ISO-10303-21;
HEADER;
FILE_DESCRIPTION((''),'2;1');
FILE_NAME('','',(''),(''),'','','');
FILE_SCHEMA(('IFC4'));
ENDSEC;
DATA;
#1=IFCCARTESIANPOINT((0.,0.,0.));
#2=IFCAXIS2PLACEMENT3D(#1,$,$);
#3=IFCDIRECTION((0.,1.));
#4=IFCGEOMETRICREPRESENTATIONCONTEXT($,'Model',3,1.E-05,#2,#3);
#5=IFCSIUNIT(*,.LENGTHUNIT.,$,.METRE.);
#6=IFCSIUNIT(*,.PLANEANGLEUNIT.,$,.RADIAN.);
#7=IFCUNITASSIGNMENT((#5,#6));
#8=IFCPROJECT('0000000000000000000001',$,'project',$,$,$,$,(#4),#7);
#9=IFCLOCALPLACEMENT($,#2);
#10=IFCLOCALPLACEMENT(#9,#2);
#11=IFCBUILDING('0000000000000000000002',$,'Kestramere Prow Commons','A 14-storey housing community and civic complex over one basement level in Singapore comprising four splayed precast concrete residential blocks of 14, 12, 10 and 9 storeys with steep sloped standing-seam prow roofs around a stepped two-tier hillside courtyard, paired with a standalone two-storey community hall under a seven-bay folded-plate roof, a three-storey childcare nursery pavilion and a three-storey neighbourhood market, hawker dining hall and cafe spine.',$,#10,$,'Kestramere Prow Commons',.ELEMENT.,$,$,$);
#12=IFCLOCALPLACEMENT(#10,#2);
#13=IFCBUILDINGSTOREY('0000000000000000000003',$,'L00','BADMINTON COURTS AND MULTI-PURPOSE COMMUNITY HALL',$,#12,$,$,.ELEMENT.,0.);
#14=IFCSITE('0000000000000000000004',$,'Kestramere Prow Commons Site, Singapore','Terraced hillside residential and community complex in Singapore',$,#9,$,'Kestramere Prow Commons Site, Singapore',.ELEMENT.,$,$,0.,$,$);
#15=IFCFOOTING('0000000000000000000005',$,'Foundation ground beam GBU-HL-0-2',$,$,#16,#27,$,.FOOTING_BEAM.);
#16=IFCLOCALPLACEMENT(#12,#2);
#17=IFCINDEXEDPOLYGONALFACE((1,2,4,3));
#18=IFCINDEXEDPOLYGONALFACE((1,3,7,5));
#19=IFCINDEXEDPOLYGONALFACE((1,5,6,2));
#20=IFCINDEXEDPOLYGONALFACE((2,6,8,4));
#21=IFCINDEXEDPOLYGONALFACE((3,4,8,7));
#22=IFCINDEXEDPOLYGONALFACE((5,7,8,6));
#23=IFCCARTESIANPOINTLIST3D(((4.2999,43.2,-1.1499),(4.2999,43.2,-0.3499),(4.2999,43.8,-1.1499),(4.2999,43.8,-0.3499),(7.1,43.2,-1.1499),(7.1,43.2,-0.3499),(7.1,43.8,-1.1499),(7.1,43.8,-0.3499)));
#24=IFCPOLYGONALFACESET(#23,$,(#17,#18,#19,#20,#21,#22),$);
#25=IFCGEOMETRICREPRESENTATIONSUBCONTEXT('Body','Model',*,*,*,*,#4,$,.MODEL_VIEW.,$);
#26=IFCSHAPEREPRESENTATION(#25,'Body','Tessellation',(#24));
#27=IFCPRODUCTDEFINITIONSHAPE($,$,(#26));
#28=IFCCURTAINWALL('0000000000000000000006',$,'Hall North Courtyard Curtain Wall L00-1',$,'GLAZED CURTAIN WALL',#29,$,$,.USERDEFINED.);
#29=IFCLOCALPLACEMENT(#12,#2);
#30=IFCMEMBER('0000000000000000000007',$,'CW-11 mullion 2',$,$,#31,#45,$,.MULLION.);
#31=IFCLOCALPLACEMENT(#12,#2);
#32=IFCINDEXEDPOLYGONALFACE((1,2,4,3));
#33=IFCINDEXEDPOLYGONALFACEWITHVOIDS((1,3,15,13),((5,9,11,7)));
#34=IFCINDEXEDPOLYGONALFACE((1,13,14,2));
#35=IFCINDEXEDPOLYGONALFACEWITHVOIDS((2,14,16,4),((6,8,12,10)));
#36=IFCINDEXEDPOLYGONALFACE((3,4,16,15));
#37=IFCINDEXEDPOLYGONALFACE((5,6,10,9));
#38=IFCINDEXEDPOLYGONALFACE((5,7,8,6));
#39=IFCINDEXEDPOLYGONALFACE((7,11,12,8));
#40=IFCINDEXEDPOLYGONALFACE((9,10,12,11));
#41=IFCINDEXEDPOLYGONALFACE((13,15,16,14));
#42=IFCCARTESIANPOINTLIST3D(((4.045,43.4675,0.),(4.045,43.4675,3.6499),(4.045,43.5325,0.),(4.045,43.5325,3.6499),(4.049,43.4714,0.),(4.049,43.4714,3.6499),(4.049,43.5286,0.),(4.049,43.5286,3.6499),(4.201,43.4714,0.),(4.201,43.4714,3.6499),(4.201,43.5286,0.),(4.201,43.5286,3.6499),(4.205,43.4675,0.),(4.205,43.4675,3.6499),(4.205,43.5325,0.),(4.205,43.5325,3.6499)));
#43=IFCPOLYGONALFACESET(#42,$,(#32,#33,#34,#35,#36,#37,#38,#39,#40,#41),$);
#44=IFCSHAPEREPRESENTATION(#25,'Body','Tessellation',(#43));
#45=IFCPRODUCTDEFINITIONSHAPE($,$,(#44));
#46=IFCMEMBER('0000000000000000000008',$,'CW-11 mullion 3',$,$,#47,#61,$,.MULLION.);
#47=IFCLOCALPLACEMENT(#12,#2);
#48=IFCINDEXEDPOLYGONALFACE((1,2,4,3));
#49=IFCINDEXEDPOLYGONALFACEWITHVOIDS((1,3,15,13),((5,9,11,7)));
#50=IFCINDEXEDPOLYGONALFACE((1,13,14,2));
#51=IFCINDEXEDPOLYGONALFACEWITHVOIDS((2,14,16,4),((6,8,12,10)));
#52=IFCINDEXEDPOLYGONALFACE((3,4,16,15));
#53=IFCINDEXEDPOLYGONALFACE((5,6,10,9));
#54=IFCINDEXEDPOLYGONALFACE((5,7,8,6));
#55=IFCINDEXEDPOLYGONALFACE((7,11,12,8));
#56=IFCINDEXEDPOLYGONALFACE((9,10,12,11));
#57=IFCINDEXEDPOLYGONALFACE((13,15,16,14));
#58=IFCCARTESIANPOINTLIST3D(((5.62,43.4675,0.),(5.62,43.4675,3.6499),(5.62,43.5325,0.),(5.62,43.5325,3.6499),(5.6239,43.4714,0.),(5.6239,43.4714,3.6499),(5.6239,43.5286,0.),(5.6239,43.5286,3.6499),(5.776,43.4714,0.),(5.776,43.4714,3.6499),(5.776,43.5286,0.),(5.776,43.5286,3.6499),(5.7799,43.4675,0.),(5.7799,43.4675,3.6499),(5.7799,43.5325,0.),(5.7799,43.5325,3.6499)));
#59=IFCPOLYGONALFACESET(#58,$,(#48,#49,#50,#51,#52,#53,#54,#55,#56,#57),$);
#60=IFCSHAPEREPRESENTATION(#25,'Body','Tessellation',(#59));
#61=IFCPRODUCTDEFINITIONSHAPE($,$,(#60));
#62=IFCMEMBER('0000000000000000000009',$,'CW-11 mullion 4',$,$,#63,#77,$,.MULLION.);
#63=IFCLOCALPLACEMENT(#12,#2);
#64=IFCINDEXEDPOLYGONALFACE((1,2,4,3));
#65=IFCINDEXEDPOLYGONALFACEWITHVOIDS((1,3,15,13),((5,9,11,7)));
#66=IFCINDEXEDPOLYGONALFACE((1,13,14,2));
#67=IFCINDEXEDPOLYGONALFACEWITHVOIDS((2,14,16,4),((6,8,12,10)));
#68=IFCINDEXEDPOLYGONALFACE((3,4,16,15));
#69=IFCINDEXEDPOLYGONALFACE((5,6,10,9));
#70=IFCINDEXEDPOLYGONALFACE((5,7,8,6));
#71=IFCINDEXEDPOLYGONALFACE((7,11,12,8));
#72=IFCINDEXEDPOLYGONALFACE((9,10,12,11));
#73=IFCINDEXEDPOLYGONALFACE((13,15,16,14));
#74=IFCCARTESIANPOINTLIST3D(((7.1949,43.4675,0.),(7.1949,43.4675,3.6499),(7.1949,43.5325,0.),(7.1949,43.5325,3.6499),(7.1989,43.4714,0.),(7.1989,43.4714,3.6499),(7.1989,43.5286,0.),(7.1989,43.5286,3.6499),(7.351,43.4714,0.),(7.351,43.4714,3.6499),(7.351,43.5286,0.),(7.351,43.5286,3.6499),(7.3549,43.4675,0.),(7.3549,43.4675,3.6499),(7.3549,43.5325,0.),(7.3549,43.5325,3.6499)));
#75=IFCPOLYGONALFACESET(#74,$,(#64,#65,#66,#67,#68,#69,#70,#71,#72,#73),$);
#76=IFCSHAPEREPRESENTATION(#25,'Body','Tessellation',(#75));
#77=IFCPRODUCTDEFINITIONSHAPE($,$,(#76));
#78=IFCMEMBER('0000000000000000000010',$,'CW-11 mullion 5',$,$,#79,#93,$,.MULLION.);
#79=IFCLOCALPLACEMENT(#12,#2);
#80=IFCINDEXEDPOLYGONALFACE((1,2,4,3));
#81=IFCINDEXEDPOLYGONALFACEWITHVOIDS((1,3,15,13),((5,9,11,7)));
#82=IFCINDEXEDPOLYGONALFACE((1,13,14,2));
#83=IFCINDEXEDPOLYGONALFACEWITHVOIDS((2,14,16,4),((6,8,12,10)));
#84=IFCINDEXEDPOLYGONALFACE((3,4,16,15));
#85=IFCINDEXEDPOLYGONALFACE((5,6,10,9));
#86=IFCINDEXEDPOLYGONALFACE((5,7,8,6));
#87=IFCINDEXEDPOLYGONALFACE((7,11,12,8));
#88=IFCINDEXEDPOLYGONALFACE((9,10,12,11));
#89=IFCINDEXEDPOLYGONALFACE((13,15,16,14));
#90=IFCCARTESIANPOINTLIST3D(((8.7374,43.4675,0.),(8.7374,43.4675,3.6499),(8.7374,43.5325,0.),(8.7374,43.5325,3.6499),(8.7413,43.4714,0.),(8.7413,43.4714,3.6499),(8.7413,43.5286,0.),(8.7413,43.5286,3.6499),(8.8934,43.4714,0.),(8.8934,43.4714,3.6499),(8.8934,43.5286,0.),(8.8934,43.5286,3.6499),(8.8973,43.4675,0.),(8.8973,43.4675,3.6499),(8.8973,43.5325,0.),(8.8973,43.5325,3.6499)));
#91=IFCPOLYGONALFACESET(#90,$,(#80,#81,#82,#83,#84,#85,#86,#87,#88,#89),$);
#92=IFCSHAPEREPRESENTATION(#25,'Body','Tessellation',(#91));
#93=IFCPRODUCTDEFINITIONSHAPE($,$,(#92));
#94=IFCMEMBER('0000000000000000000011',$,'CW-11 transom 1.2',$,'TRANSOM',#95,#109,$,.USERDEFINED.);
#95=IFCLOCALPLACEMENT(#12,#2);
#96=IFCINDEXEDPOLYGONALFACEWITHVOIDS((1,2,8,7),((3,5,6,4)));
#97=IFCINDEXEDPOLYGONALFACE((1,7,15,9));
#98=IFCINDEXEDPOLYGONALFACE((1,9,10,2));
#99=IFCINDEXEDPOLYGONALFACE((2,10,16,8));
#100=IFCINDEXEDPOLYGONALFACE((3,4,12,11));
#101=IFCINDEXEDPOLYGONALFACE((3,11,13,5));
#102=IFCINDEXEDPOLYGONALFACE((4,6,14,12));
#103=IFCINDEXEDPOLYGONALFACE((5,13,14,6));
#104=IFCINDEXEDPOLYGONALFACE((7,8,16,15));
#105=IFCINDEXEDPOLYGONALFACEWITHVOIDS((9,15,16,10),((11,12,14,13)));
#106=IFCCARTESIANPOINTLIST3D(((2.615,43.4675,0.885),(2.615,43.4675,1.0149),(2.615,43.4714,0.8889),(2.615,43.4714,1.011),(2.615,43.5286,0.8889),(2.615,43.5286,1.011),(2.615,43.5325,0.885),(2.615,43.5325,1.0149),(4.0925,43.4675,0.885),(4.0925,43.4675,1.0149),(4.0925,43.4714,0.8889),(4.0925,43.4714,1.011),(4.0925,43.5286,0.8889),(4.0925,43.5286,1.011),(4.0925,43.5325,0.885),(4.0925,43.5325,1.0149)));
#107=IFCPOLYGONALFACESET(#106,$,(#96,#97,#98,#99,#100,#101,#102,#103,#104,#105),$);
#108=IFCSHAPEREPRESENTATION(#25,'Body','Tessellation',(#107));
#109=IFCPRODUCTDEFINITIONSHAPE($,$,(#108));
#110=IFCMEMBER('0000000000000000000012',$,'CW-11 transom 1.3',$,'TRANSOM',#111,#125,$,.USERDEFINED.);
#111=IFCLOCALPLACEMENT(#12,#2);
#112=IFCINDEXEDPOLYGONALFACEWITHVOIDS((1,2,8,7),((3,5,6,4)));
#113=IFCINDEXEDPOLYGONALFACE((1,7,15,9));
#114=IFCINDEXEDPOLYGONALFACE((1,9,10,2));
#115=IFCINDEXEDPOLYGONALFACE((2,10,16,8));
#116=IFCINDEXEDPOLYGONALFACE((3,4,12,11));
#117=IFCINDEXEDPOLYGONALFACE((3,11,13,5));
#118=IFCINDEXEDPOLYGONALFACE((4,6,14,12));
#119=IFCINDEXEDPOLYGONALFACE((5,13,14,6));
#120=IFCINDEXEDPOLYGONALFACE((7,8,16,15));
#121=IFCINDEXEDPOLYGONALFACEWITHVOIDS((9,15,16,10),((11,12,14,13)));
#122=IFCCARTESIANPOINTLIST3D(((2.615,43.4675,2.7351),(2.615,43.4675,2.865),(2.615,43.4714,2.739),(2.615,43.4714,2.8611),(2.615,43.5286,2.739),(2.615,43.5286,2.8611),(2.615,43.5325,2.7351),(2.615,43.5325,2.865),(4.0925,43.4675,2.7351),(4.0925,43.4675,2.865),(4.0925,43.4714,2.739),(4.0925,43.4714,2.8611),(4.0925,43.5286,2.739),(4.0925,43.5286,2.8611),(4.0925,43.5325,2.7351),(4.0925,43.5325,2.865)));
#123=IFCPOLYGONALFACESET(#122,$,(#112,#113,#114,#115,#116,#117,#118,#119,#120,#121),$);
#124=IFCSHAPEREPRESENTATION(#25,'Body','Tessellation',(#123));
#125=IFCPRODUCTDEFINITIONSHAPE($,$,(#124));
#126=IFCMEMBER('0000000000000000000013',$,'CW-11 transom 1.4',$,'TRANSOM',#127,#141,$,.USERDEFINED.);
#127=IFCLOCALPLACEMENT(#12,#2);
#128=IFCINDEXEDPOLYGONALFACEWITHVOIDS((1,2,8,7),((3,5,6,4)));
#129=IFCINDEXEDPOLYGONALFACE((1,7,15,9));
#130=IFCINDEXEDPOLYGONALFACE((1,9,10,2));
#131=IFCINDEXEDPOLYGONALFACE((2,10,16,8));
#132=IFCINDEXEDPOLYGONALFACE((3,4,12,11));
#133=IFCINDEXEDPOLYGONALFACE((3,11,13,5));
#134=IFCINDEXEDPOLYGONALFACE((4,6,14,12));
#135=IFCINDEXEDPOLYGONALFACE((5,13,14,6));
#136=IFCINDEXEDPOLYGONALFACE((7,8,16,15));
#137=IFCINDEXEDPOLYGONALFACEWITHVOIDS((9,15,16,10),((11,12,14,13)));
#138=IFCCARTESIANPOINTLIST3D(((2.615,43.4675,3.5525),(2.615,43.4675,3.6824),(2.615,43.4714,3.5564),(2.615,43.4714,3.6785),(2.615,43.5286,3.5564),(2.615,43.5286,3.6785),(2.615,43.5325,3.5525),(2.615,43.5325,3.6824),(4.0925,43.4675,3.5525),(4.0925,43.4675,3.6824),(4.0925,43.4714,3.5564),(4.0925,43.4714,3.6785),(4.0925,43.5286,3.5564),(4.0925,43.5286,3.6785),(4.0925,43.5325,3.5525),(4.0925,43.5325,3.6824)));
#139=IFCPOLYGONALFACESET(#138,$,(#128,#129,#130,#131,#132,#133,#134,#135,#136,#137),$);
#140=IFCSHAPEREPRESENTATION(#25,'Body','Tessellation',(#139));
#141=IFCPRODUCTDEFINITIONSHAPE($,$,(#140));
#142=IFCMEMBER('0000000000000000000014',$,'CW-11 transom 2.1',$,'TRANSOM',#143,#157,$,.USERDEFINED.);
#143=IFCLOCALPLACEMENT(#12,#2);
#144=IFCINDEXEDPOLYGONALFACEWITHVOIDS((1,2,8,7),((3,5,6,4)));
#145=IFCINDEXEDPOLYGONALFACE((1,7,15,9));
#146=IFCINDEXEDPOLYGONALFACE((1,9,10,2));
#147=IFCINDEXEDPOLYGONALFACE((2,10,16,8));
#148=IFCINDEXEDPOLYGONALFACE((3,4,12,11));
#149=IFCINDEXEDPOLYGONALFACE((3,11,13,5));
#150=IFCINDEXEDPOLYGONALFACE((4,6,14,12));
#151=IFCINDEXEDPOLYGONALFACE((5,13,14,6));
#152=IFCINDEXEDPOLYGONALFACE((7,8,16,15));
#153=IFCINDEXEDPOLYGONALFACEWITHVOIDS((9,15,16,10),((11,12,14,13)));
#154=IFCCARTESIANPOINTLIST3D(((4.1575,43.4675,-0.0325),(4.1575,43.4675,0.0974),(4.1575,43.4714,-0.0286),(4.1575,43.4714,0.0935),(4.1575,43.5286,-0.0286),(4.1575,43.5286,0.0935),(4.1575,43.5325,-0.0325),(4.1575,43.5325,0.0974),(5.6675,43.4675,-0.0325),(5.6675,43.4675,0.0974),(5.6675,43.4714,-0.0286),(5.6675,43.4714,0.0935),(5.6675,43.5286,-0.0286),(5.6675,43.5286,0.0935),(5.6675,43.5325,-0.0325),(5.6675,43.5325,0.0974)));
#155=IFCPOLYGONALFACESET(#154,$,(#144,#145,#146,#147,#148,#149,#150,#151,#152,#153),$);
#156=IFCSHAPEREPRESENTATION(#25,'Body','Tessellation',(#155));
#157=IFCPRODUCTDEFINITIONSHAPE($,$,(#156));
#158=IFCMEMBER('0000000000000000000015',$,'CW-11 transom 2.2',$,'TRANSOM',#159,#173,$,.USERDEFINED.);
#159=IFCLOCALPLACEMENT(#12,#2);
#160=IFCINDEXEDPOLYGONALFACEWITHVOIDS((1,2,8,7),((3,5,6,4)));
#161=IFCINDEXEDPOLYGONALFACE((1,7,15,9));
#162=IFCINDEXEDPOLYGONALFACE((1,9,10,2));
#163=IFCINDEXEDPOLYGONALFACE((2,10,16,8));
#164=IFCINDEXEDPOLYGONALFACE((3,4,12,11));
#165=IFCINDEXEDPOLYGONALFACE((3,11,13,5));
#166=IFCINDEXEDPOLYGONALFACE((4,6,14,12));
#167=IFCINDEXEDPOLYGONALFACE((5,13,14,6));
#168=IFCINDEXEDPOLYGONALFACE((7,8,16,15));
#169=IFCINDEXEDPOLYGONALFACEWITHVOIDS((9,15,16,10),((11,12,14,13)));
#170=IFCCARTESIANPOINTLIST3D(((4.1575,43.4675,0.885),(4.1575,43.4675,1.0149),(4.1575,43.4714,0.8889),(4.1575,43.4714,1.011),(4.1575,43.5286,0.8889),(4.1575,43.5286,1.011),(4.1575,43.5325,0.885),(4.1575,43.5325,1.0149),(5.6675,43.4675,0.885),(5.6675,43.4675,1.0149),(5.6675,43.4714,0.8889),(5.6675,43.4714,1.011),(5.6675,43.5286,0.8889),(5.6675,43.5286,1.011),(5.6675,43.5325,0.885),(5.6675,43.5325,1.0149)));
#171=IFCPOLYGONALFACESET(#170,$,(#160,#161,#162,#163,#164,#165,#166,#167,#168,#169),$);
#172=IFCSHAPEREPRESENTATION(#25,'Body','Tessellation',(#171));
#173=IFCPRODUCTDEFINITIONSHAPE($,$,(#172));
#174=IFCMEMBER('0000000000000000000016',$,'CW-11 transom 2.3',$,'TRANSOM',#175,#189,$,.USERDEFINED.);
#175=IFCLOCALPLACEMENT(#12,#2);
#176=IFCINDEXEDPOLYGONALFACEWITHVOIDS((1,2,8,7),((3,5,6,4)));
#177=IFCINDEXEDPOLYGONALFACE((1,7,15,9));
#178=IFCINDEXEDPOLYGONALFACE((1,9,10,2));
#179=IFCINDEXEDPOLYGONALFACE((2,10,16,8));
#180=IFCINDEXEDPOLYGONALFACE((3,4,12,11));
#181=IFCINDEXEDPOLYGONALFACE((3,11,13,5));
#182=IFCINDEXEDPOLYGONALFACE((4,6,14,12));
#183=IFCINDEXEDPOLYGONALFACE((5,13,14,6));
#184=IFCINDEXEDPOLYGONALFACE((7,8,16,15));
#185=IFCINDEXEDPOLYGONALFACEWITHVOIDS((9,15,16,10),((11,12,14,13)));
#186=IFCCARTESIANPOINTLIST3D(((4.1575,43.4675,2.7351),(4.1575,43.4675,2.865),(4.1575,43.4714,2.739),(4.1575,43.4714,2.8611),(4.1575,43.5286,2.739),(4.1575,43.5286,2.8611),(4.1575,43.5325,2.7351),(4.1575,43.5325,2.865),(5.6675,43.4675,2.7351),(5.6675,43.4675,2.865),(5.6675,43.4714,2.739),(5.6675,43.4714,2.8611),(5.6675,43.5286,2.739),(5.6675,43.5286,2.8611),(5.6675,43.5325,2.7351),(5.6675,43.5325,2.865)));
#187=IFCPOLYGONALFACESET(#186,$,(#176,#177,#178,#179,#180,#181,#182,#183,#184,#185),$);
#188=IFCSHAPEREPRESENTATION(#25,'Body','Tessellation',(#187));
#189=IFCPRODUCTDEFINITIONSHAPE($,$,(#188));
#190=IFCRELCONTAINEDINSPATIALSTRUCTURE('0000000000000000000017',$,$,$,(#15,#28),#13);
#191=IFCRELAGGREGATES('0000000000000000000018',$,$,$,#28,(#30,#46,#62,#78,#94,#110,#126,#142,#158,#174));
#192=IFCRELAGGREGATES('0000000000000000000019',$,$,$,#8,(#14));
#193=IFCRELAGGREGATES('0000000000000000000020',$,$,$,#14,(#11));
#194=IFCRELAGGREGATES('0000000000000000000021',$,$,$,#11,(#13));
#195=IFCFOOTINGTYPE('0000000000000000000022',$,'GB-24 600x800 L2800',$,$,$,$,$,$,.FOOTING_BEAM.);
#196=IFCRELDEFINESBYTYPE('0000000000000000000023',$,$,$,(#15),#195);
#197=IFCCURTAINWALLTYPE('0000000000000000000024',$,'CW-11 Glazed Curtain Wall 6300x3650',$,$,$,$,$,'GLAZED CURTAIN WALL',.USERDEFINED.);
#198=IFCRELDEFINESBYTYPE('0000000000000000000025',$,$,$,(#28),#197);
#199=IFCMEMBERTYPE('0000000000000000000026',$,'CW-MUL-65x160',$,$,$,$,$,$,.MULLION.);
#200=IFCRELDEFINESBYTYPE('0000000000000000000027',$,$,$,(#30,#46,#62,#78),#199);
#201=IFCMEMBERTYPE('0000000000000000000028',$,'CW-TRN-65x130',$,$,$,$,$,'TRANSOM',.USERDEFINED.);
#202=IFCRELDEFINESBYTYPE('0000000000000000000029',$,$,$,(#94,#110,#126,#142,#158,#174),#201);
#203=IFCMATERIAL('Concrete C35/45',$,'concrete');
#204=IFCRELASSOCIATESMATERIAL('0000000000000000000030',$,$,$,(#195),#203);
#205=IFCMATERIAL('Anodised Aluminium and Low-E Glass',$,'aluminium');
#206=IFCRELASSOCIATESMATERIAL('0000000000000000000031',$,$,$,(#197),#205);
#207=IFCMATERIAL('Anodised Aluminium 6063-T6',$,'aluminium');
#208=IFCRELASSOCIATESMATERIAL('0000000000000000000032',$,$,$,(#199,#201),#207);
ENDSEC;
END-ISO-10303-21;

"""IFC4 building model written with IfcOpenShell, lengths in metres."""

from ifc_helpers import new_model, si_unit, direction, frame, origin, origin_2d, place, context, subcontext, project, spatial, rectangle, hollow_rectangle, extrude, material, material_profile, profile_set, type_object, element, aggregate, save


model = new_model("IFC4")

# Units and contexts
model_context = context("Model", 3, precision=1e-05, world=origin(), true_north=direction((0.0, 1.0)))
body_context = subcontext(model_context, "Body", "Model", "MODEL_VIEW")
ifc_project = project(units=[si_unit("LENGTHUNIT", "METRE"), si_unit("PLANEANGLEUNIT", "RADIAN")], contexts=[model_context])

# Site, building, storey
site_placement = place(None, origin())
site = spatial("IfcSite", under=ifc_project, at=site_placement, Name="Kestramere Prow Commons Site, Singapore", Description="Terraced hillside residential and community complex in Singapore", LongName="Kestramere Prow Commons Site, Singapore", CompositionType="ELEMENT", RefElevation=0.0)
building_placement = place(site_placement, origin())
building = spatial("IfcBuilding", under=site, at=building_placement, Name="Kestramere Prow Commons", Description="A 14-storey housing community and civic complex over one basement level in Singapore comprising four splayed precast concrete residential blocks of 14, 12, 10 and 9 storeys with steep sloped standing-seam prow roofs around a stepped two-tier hillside courtyard, paired with a standalone two-storey community hall under a seven-bay folded-plate roof, a three-storey childcare nursery pavilion and a three-storey neighbourhood market, hawker dining hall and cafe spine.", LongName="Kestramere Prow Commons", CompositionType="ELEMENT")
storey_placement = place(building_placement, origin())
storey = spatial("IfcBuildingStorey", under=building, at=storey_placement, Name="L00", Description="BADMINTON COURTS AND MULTI-PURPOSE COMMUNITY HALL", CompositionType="ELEMENT", Elevation=0.0)

# Footing
ifc_material_1 = material(Name="Concrete C35/45", Category="concrete")
footing_type = type_object("IfcFootingType", Name="GB-24 600x800 L2800", PredefinedType="FOOTING_BEAM", material=ifc_material_1)
footing_placement = place(storey_placement, frame((5.7, 43.5, -1.1499), z_axis=(0.0, 0.0, 1.0), x_axis=(1.0, 0.0, 0.0)))
element("IfcFooting", 1, at=footing_placement, inside=storey, type_object=footing_type, Name="Foundation ground beam GBU-HL-0-2", PredefinedType="FOOTING_BEAM", context=body_context, shape_type="SweptSolid", body=[
    extrude(rectangle(XDim=2.8, YDim=0.6001, at=origin_2d()), origin(), (0.0, 0.0, 1.0), 0.8),
])

# Curtain wall, members
ifc_material_2 = material(Name="Anodised Aluminium and Low-E Glass", Category="aluminium")
curtain_wall_type = type_object("IfcCurtainWallType", Name="CW-11 Glazed Curtain Wall 6300x3650", ElementType="GLAZED CURTAIN WALL", PredefinedType="USERDEFINED", material=ifc_material_2)
curtain_wall_placement = place(storey_placement, origin())
curtain_wall = element("IfcCurtainWall", 2, at=curtain_wall_placement, inside=storey, type_object=curtain_wall_type, Name="Hall North Courtyard Curtain Wall L00-1", ObjectType="GLAZED CURTAIN WALL", PredefinedType="USERDEFINED")
ifc_material_3 = material(Name="Anodised Aluminium 6063-T6", Category="aluminium")
ifc_material_profile_1 = material_profile(ifc_material_3, hollow_rectangle(XDim=0.0649, YDim=0.1599, WallThickness=0.0039, at=origin_2d()), Name="ALU-MUL 65x160")
ifc_profile_set_1 = profile_set([ifc_material_profile_1], Name="Anodised Aluminium 6063-T6")
member_type_1 = type_object("IfcMemberType", Name="CW-MUL-65x160", PredefinedType="MULLION", material=ifc_profile_set_1)
member_1_placement = place(storey_placement, frame((4.125, 43.5, 0.0), z_axis=(0.0, 0.0, 1.0), x_axis=(0.0, 1.0, 0.0)))
member_1 = element("IfcMember", 3, at=member_1_placement, type_object=member_type_1, Name="CW-11 mullion 2", PredefinedType="MULLION", context=body_context, shape_type="SweptSolid", body=[
    extrude(hollow_rectangle(XDim=0.0649, YDim=0.1599, WallThickness=0.0039, at=origin_2d()), origin(), (0.0, 0.0, 1.0), 3.6499),
])
member_2_placement = place(storey_placement, frame((5.7, 43.5, 0.0), z_axis=(0.0, 0.0, 1.0), x_axis=(0.0, 1.0, 0.0)))
member_2 = element("IfcMember", 4, at=member_2_placement, type_object=member_type_1, Name="CW-11 mullion 3", PredefinedType="MULLION", context=body_context, shape_type="SweptSolid", body=[
    extrude(hollow_rectangle(XDim=0.0649, YDim=0.1599, WallThickness=0.0039, at=origin_2d()), origin(), (0.0, 0.0, 1.0), 3.6499),
])
member_3_placement = place(storey_placement, frame((7.2749, 43.5, 0.0), z_axis=(0.0, 0.0, 1.0), x_axis=(0.0, 1.0, 0.0)))
member_3 = element("IfcMember", 5, at=member_3_placement, type_object=member_type_1, Name="CW-11 mullion 4", PredefinedType="MULLION", context=body_context, shape_type="SweptSolid", body=[
    extrude(hollow_rectangle(XDim=0.0649, YDim=0.1599, WallThickness=0.0039, at=origin_2d()), origin(), (0.0, 0.0, 1.0), 3.6499),
])
member_4_placement = place(storey_placement, frame((8.8174, 43.5, 0.0), z_axis=(0.0, 0.0, 1.0), x_axis=(0.0, 1.0, 0.0)))
member_4 = element("IfcMember", 6, at=member_4_placement, type_object=member_type_1, Name="CW-11 mullion 5", PredefinedType="MULLION", context=body_context, shape_type="SweptSolid", body=[
    extrude(hollow_rectangle(XDim=0.0649, YDim=0.1599, WallThickness=0.0039, at=origin_2d()), origin(), (0.0, 0.0, 1.0), 3.6499),
])
ifc_material_profile_2 = material_profile(ifc_material_3, hollow_rectangle(XDim=0.0649, YDim=0.1299, WallThickness=0.0039, at=origin_2d()), Name="ALU-TRN 65x130")
ifc_profile_set_2 = profile_set([ifc_material_profile_2], Name="Anodised Aluminium 6063-T6")
member_type_2 = type_object("IfcMemberType", Name="CW-TRN-65x130", ElementType="TRANSOM", PredefinedType="USERDEFINED", material=ifc_profile_set_2)
member_5_placement = place(storey_placement, frame((2.615, 43.5, 0.95), z_axis=(1.0, 0.0, 0.0), x_axis=(0.0, 1.0, 0.0)))
member_5 = element("IfcMember", 7, at=member_5_placement, type_object=member_type_2, Name="CW-11 transom 1.2", ObjectType="TRANSOM", PredefinedType="USERDEFINED", context=body_context, shape_type="SweptSolid", body=[
    extrude(hollow_rectangle(XDim=0.0649, YDim=0.1299, WallThickness=0.0039, at=origin_2d()), origin(), (0.0, 0.0, 1.0), 1.4775),
])
member_6_placement = place(storey_placement, frame((2.615, 43.5, 2.8), z_axis=(1.0, 0.0, 0.0), x_axis=(0.0, 1.0, 0.0)))
member_6 = element("IfcMember", 8, at=member_6_placement, type_object=member_type_2, Name="CW-11 transom 1.3", ObjectType="TRANSOM", PredefinedType="USERDEFINED", context=body_context, shape_type="SweptSolid", body=[
    extrude(hollow_rectangle(XDim=0.0649, YDim=0.1299, WallThickness=0.0039, at=origin_2d()), origin(), (0.0, 0.0, 1.0), 1.4775),
])
member_7_placement = place(storey_placement, frame((2.615, 43.5, 3.6174), z_axis=(1.0, 0.0, 0.0), x_axis=(0.0, 1.0, 0.0)))
member_7 = element("IfcMember", 9, at=member_7_placement, type_object=member_type_2, Name="CW-11 transom 1.4", ObjectType="TRANSOM", PredefinedType="USERDEFINED", context=body_context, shape_type="SweptSolid", body=[
    extrude(hollow_rectangle(XDim=0.0649, YDim=0.1299, WallThickness=0.0039, at=origin_2d()), origin(), (0.0, 0.0, 1.0), 1.4775),
])
member_8_placement = place(storey_placement, frame((4.1575, 43.5, 0.0325), z_axis=(1.0, 0.0, 0.0), x_axis=(0.0, 1.0, 0.0)))
member_8 = element("IfcMember", 10, at=member_8_placement, type_object=member_type_2, Name="CW-11 transom 2.1", ObjectType="TRANSOM", PredefinedType="USERDEFINED", context=body_context, shape_type="SweptSolid", body=[
    extrude(hollow_rectangle(XDim=0.0649, YDim=0.1299, WallThickness=0.0039, at=origin_2d()), origin(), (0.0, 0.0, 1.0), 1.51),
])
member_9_placement = place(storey_placement, frame((4.1575, 43.5, 0.95), z_axis=(1.0, 0.0, 0.0), x_axis=(0.0, 1.0, 0.0)))
member_9 = element("IfcMember", 11, at=member_9_placement, type_object=member_type_2, Name="CW-11 transom 2.2", ObjectType="TRANSOM", PredefinedType="USERDEFINED", context=body_context, shape_type="SweptSolid", body=[
    extrude(hollow_rectangle(XDim=0.0649, YDim=0.1299, WallThickness=0.0039, at=origin_2d()), origin(), (0.0, 0.0, 1.0), 1.51),
])
member_10_placement = place(storey_placement, frame((4.1575, 43.5, 2.8), z_axis=(1.0, 0.0, 0.0), x_axis=(0.0, 1.0, 0.0)))
member_10 = element("IfcMember", 12, at=member_10_placement, type_object=member_type_2, Name="CW-11 transom 2.3", ObjectType="TRANSOM", PredefinedType="USERDEFINED", context=body_context, shape_type="SweptSolid", body=[
    extrude(hollow_rectangle(XDim=0.0649, YDim=0.1299, WallThickness=0.0039, at=origin_2d()), origin(), (0.0, 0.0, 1.0), 1.51),
])
aggregate(curtain_wall, [member_1, member_2, member_3, member_4, member_5, member_6, member_7, member_8, member_9, member_10])

save(model, "model.ifc")
